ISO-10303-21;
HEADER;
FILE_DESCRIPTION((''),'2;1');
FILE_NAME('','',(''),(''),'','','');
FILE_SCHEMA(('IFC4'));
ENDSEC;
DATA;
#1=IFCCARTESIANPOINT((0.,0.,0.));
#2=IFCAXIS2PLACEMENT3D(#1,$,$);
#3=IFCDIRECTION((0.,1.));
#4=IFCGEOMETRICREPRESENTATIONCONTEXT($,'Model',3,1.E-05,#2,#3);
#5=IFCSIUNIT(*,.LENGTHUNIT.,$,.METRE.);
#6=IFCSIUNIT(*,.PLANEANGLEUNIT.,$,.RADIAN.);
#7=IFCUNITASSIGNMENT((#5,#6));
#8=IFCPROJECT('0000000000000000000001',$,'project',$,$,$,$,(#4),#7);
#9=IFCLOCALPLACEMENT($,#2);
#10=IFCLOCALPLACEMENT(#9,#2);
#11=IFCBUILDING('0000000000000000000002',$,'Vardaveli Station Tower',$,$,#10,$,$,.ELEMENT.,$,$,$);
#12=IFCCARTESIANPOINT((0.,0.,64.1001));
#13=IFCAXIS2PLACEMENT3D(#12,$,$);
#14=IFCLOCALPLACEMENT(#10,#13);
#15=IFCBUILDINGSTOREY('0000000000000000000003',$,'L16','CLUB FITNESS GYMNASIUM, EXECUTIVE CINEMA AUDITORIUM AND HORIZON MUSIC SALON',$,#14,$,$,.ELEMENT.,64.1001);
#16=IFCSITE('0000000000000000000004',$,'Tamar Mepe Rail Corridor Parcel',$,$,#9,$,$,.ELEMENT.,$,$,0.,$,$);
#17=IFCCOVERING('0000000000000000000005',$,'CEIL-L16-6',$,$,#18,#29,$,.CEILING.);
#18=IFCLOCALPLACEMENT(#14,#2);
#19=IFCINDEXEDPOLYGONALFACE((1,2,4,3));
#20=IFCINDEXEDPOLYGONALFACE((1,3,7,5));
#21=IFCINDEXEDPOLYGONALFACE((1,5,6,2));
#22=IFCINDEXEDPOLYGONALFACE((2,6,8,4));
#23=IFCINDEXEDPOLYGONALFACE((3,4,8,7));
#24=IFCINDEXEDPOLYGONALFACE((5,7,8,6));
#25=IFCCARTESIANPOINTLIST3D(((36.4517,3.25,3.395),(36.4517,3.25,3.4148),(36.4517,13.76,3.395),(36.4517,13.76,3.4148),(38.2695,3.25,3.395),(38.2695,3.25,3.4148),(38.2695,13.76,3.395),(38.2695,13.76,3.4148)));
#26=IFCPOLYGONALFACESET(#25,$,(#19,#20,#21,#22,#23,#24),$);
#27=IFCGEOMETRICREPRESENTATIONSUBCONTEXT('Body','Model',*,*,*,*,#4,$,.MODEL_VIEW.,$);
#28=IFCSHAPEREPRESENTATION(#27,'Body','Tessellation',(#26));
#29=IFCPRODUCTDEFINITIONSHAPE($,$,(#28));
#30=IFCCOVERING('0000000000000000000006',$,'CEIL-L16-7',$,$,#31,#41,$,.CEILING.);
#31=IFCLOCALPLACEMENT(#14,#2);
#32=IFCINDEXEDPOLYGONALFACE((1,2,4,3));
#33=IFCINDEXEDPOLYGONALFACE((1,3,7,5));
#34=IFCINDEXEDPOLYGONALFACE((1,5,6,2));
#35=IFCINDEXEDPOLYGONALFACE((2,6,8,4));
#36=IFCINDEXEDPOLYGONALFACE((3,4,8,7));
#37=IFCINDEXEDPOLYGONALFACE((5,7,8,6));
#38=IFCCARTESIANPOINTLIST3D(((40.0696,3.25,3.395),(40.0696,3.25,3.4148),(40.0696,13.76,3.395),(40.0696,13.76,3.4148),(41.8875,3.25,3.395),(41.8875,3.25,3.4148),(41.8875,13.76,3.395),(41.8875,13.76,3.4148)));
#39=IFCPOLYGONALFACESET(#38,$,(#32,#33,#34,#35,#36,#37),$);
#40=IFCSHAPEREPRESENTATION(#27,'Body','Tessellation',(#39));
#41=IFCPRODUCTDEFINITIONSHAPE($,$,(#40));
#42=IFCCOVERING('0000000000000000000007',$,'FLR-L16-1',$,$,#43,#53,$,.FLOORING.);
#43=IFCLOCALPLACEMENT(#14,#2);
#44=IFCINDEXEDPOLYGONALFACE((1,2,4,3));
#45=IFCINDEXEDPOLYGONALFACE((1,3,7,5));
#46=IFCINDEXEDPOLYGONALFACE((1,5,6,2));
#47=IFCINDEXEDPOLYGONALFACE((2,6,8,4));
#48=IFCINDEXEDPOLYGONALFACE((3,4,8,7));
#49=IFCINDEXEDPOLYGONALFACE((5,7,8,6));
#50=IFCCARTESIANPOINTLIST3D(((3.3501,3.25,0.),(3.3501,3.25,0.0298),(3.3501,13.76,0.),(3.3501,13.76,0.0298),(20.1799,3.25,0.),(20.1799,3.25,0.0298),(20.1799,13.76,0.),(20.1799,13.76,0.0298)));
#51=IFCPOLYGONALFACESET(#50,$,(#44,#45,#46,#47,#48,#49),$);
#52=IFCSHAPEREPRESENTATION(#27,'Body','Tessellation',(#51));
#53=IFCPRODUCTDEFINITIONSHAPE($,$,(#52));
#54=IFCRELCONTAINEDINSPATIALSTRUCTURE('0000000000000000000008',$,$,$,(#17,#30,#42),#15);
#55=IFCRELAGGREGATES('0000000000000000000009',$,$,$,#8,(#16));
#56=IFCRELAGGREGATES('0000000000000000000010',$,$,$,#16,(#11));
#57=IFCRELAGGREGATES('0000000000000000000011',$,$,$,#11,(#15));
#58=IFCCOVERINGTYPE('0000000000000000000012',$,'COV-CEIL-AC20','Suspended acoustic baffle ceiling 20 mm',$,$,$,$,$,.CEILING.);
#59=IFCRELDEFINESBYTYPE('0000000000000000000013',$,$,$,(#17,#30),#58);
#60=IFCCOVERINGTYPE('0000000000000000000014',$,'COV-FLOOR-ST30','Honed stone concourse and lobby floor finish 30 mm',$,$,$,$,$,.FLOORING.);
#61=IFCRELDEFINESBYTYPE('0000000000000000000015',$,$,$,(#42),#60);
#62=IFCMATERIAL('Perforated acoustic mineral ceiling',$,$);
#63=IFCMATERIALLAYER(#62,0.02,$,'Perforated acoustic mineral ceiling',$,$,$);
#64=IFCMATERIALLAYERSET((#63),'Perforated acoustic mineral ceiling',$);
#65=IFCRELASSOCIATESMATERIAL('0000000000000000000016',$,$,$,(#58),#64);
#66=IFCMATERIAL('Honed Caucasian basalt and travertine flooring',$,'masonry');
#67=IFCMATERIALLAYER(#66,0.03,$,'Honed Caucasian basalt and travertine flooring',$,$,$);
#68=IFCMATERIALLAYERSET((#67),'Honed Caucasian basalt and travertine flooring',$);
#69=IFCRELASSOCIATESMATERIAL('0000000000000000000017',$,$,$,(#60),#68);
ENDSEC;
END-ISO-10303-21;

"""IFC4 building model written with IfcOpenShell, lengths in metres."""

from ifc_helpers import new_model, si_unit, direction, frame, origin, place, context, subcontext, project, spatial, polyline, outline, extrude, material, layer, layer_set, type_object, element, save


model = new_model("IFC4")

# Units and contexts
model_context = context("Model", 3, precision=1e-05, world=origin(), true_north=direction((0.0, 1.0)))
body_context = subcontext(model_context, "Body", "Model", "MODEL_VIEW")
ifc_project = project(units=[si_unit("LENGTHUNIT", "METRE"), si_unit("PLANEANGLEUNIT", "RADIAN")], contexts=[model_context])

# Site, building, storey
site_placement = place(None, origin())
site = spatial("IfcSite", under=ifc_project, at=site_placement, Name="Tamar Mepe Rail Corridor Parcel", CompositionType="ELEMENT", RefElevation=0.0)
building_placement = place(site_placement, origin())
building = spatial("IfcBuilding", under=site, at=building_placement, Name="Vardaveli Station Tower", CompositionType="ELEMENT")
storey_placement = place(building_placement, frame((0.0, 0.0, 64.1001)))
storey = spatial("IfcBuildingStorey", under=building, at=storey_placement, Name="L16", Description="CLUB FITNESS GYMNASIUM, EXECUTIVE CINEMA AUDITORIUM AND HORIZON MUSIC SALON", CompositionType="ELEMENT", Elevation=64.1001)

# Coverings
ifc_material_1 = material(Name="Perforated acoustic mineral ceiling")
ifc_layer_1 = layer(ifc_material_1, 0.02, Name="Perforated acoustic mineral ceiling")
ifc_layer_set_1 = layer_set([ifc_layer_1], Name="Perforated acoustic mineral ceiling")
covering_type_1 = type_object("IfcCoveringType", Name="COV-CEIL-AC20", Description="Suspended acoustic baffle ceiling 20 mm", PredefinedType="CEILING", material=ifc_layer_set_1)
covering_1_placement = place(storey_placement, frame((0.0, 0.0, 3.395)))
element("IfcCovering", 1, at=covering_1_placement, inside=storey, type_object=covering_type_1, Name="CEIL-L16-6", PredefinedType="CEILING", context=body_context, shape_type="SweptSolid", body=[
    extrude(outline(polyline([(36.4517, 3.25), (38.2695, 3.25), (38.2695, 13.76), (36.4517, 13.76), (36.4517, 3.25)])), origin(), (0.0, 0.0, 1.0), 0.0198),
])
covering_2_placement = place(storey_placement, frame((0.0, 0.0, 3.395)))
element("IfcCovering", 2, at=covering_2_placement, inside=storey, type_object=covering_type_1, Name="CEIL-L16-7", PredefinedType="CEILING", context=body_context, shape_type="SweptSolid", body=[
    extrude(outline(polyline([(40.0696, 3.25), (41.8875, 3.25), (41.8875, 13.76), (40.0696, 13.76), (40.0696, 3.25)])), origin(), (0.0, 0.0, 1.0), 0.0198),
])
ifc_material_2 = material(Name="Honed Caucasian basalt and travertine flooring", Category="masonry")
ifc_layer_2 = layer(ifc_material_2, 0.03, Name="Honed Caucasian basalt and travertine flooring")
ifc_layer_set_2 = layer_set([ifc_layer_2], Name="Honed Caucasian basalt and travertine flooring")
covering_type_2 = type_object("IfcCoveringType", Name="COV-FLOOR-ST30", Description="Honed stone concourse and lobby floor finish 30 mm", PredefinedType="FLOORING", material=ifc_layer_set_2)
covering_3_placement = place(storey_placement, origin())
element("IfcCovering", 3, at=covering_3_placement, inside=storey, type_object=covering_type_2, Name="FLR-L16-1", PredefinedType="FLOORING", context=body_context, shape_type="SweptSolid", body=[
    extrude(outline(polyline([(3.3501, 3.25), (20.1799, 3.25), (20.1799, 13.76), (3.3501, 13.76), (3.3501, 3.25)])), origin(), (0.0, 0.0, 1.0), 0.0298),
])

save(model, "model.ifc")
